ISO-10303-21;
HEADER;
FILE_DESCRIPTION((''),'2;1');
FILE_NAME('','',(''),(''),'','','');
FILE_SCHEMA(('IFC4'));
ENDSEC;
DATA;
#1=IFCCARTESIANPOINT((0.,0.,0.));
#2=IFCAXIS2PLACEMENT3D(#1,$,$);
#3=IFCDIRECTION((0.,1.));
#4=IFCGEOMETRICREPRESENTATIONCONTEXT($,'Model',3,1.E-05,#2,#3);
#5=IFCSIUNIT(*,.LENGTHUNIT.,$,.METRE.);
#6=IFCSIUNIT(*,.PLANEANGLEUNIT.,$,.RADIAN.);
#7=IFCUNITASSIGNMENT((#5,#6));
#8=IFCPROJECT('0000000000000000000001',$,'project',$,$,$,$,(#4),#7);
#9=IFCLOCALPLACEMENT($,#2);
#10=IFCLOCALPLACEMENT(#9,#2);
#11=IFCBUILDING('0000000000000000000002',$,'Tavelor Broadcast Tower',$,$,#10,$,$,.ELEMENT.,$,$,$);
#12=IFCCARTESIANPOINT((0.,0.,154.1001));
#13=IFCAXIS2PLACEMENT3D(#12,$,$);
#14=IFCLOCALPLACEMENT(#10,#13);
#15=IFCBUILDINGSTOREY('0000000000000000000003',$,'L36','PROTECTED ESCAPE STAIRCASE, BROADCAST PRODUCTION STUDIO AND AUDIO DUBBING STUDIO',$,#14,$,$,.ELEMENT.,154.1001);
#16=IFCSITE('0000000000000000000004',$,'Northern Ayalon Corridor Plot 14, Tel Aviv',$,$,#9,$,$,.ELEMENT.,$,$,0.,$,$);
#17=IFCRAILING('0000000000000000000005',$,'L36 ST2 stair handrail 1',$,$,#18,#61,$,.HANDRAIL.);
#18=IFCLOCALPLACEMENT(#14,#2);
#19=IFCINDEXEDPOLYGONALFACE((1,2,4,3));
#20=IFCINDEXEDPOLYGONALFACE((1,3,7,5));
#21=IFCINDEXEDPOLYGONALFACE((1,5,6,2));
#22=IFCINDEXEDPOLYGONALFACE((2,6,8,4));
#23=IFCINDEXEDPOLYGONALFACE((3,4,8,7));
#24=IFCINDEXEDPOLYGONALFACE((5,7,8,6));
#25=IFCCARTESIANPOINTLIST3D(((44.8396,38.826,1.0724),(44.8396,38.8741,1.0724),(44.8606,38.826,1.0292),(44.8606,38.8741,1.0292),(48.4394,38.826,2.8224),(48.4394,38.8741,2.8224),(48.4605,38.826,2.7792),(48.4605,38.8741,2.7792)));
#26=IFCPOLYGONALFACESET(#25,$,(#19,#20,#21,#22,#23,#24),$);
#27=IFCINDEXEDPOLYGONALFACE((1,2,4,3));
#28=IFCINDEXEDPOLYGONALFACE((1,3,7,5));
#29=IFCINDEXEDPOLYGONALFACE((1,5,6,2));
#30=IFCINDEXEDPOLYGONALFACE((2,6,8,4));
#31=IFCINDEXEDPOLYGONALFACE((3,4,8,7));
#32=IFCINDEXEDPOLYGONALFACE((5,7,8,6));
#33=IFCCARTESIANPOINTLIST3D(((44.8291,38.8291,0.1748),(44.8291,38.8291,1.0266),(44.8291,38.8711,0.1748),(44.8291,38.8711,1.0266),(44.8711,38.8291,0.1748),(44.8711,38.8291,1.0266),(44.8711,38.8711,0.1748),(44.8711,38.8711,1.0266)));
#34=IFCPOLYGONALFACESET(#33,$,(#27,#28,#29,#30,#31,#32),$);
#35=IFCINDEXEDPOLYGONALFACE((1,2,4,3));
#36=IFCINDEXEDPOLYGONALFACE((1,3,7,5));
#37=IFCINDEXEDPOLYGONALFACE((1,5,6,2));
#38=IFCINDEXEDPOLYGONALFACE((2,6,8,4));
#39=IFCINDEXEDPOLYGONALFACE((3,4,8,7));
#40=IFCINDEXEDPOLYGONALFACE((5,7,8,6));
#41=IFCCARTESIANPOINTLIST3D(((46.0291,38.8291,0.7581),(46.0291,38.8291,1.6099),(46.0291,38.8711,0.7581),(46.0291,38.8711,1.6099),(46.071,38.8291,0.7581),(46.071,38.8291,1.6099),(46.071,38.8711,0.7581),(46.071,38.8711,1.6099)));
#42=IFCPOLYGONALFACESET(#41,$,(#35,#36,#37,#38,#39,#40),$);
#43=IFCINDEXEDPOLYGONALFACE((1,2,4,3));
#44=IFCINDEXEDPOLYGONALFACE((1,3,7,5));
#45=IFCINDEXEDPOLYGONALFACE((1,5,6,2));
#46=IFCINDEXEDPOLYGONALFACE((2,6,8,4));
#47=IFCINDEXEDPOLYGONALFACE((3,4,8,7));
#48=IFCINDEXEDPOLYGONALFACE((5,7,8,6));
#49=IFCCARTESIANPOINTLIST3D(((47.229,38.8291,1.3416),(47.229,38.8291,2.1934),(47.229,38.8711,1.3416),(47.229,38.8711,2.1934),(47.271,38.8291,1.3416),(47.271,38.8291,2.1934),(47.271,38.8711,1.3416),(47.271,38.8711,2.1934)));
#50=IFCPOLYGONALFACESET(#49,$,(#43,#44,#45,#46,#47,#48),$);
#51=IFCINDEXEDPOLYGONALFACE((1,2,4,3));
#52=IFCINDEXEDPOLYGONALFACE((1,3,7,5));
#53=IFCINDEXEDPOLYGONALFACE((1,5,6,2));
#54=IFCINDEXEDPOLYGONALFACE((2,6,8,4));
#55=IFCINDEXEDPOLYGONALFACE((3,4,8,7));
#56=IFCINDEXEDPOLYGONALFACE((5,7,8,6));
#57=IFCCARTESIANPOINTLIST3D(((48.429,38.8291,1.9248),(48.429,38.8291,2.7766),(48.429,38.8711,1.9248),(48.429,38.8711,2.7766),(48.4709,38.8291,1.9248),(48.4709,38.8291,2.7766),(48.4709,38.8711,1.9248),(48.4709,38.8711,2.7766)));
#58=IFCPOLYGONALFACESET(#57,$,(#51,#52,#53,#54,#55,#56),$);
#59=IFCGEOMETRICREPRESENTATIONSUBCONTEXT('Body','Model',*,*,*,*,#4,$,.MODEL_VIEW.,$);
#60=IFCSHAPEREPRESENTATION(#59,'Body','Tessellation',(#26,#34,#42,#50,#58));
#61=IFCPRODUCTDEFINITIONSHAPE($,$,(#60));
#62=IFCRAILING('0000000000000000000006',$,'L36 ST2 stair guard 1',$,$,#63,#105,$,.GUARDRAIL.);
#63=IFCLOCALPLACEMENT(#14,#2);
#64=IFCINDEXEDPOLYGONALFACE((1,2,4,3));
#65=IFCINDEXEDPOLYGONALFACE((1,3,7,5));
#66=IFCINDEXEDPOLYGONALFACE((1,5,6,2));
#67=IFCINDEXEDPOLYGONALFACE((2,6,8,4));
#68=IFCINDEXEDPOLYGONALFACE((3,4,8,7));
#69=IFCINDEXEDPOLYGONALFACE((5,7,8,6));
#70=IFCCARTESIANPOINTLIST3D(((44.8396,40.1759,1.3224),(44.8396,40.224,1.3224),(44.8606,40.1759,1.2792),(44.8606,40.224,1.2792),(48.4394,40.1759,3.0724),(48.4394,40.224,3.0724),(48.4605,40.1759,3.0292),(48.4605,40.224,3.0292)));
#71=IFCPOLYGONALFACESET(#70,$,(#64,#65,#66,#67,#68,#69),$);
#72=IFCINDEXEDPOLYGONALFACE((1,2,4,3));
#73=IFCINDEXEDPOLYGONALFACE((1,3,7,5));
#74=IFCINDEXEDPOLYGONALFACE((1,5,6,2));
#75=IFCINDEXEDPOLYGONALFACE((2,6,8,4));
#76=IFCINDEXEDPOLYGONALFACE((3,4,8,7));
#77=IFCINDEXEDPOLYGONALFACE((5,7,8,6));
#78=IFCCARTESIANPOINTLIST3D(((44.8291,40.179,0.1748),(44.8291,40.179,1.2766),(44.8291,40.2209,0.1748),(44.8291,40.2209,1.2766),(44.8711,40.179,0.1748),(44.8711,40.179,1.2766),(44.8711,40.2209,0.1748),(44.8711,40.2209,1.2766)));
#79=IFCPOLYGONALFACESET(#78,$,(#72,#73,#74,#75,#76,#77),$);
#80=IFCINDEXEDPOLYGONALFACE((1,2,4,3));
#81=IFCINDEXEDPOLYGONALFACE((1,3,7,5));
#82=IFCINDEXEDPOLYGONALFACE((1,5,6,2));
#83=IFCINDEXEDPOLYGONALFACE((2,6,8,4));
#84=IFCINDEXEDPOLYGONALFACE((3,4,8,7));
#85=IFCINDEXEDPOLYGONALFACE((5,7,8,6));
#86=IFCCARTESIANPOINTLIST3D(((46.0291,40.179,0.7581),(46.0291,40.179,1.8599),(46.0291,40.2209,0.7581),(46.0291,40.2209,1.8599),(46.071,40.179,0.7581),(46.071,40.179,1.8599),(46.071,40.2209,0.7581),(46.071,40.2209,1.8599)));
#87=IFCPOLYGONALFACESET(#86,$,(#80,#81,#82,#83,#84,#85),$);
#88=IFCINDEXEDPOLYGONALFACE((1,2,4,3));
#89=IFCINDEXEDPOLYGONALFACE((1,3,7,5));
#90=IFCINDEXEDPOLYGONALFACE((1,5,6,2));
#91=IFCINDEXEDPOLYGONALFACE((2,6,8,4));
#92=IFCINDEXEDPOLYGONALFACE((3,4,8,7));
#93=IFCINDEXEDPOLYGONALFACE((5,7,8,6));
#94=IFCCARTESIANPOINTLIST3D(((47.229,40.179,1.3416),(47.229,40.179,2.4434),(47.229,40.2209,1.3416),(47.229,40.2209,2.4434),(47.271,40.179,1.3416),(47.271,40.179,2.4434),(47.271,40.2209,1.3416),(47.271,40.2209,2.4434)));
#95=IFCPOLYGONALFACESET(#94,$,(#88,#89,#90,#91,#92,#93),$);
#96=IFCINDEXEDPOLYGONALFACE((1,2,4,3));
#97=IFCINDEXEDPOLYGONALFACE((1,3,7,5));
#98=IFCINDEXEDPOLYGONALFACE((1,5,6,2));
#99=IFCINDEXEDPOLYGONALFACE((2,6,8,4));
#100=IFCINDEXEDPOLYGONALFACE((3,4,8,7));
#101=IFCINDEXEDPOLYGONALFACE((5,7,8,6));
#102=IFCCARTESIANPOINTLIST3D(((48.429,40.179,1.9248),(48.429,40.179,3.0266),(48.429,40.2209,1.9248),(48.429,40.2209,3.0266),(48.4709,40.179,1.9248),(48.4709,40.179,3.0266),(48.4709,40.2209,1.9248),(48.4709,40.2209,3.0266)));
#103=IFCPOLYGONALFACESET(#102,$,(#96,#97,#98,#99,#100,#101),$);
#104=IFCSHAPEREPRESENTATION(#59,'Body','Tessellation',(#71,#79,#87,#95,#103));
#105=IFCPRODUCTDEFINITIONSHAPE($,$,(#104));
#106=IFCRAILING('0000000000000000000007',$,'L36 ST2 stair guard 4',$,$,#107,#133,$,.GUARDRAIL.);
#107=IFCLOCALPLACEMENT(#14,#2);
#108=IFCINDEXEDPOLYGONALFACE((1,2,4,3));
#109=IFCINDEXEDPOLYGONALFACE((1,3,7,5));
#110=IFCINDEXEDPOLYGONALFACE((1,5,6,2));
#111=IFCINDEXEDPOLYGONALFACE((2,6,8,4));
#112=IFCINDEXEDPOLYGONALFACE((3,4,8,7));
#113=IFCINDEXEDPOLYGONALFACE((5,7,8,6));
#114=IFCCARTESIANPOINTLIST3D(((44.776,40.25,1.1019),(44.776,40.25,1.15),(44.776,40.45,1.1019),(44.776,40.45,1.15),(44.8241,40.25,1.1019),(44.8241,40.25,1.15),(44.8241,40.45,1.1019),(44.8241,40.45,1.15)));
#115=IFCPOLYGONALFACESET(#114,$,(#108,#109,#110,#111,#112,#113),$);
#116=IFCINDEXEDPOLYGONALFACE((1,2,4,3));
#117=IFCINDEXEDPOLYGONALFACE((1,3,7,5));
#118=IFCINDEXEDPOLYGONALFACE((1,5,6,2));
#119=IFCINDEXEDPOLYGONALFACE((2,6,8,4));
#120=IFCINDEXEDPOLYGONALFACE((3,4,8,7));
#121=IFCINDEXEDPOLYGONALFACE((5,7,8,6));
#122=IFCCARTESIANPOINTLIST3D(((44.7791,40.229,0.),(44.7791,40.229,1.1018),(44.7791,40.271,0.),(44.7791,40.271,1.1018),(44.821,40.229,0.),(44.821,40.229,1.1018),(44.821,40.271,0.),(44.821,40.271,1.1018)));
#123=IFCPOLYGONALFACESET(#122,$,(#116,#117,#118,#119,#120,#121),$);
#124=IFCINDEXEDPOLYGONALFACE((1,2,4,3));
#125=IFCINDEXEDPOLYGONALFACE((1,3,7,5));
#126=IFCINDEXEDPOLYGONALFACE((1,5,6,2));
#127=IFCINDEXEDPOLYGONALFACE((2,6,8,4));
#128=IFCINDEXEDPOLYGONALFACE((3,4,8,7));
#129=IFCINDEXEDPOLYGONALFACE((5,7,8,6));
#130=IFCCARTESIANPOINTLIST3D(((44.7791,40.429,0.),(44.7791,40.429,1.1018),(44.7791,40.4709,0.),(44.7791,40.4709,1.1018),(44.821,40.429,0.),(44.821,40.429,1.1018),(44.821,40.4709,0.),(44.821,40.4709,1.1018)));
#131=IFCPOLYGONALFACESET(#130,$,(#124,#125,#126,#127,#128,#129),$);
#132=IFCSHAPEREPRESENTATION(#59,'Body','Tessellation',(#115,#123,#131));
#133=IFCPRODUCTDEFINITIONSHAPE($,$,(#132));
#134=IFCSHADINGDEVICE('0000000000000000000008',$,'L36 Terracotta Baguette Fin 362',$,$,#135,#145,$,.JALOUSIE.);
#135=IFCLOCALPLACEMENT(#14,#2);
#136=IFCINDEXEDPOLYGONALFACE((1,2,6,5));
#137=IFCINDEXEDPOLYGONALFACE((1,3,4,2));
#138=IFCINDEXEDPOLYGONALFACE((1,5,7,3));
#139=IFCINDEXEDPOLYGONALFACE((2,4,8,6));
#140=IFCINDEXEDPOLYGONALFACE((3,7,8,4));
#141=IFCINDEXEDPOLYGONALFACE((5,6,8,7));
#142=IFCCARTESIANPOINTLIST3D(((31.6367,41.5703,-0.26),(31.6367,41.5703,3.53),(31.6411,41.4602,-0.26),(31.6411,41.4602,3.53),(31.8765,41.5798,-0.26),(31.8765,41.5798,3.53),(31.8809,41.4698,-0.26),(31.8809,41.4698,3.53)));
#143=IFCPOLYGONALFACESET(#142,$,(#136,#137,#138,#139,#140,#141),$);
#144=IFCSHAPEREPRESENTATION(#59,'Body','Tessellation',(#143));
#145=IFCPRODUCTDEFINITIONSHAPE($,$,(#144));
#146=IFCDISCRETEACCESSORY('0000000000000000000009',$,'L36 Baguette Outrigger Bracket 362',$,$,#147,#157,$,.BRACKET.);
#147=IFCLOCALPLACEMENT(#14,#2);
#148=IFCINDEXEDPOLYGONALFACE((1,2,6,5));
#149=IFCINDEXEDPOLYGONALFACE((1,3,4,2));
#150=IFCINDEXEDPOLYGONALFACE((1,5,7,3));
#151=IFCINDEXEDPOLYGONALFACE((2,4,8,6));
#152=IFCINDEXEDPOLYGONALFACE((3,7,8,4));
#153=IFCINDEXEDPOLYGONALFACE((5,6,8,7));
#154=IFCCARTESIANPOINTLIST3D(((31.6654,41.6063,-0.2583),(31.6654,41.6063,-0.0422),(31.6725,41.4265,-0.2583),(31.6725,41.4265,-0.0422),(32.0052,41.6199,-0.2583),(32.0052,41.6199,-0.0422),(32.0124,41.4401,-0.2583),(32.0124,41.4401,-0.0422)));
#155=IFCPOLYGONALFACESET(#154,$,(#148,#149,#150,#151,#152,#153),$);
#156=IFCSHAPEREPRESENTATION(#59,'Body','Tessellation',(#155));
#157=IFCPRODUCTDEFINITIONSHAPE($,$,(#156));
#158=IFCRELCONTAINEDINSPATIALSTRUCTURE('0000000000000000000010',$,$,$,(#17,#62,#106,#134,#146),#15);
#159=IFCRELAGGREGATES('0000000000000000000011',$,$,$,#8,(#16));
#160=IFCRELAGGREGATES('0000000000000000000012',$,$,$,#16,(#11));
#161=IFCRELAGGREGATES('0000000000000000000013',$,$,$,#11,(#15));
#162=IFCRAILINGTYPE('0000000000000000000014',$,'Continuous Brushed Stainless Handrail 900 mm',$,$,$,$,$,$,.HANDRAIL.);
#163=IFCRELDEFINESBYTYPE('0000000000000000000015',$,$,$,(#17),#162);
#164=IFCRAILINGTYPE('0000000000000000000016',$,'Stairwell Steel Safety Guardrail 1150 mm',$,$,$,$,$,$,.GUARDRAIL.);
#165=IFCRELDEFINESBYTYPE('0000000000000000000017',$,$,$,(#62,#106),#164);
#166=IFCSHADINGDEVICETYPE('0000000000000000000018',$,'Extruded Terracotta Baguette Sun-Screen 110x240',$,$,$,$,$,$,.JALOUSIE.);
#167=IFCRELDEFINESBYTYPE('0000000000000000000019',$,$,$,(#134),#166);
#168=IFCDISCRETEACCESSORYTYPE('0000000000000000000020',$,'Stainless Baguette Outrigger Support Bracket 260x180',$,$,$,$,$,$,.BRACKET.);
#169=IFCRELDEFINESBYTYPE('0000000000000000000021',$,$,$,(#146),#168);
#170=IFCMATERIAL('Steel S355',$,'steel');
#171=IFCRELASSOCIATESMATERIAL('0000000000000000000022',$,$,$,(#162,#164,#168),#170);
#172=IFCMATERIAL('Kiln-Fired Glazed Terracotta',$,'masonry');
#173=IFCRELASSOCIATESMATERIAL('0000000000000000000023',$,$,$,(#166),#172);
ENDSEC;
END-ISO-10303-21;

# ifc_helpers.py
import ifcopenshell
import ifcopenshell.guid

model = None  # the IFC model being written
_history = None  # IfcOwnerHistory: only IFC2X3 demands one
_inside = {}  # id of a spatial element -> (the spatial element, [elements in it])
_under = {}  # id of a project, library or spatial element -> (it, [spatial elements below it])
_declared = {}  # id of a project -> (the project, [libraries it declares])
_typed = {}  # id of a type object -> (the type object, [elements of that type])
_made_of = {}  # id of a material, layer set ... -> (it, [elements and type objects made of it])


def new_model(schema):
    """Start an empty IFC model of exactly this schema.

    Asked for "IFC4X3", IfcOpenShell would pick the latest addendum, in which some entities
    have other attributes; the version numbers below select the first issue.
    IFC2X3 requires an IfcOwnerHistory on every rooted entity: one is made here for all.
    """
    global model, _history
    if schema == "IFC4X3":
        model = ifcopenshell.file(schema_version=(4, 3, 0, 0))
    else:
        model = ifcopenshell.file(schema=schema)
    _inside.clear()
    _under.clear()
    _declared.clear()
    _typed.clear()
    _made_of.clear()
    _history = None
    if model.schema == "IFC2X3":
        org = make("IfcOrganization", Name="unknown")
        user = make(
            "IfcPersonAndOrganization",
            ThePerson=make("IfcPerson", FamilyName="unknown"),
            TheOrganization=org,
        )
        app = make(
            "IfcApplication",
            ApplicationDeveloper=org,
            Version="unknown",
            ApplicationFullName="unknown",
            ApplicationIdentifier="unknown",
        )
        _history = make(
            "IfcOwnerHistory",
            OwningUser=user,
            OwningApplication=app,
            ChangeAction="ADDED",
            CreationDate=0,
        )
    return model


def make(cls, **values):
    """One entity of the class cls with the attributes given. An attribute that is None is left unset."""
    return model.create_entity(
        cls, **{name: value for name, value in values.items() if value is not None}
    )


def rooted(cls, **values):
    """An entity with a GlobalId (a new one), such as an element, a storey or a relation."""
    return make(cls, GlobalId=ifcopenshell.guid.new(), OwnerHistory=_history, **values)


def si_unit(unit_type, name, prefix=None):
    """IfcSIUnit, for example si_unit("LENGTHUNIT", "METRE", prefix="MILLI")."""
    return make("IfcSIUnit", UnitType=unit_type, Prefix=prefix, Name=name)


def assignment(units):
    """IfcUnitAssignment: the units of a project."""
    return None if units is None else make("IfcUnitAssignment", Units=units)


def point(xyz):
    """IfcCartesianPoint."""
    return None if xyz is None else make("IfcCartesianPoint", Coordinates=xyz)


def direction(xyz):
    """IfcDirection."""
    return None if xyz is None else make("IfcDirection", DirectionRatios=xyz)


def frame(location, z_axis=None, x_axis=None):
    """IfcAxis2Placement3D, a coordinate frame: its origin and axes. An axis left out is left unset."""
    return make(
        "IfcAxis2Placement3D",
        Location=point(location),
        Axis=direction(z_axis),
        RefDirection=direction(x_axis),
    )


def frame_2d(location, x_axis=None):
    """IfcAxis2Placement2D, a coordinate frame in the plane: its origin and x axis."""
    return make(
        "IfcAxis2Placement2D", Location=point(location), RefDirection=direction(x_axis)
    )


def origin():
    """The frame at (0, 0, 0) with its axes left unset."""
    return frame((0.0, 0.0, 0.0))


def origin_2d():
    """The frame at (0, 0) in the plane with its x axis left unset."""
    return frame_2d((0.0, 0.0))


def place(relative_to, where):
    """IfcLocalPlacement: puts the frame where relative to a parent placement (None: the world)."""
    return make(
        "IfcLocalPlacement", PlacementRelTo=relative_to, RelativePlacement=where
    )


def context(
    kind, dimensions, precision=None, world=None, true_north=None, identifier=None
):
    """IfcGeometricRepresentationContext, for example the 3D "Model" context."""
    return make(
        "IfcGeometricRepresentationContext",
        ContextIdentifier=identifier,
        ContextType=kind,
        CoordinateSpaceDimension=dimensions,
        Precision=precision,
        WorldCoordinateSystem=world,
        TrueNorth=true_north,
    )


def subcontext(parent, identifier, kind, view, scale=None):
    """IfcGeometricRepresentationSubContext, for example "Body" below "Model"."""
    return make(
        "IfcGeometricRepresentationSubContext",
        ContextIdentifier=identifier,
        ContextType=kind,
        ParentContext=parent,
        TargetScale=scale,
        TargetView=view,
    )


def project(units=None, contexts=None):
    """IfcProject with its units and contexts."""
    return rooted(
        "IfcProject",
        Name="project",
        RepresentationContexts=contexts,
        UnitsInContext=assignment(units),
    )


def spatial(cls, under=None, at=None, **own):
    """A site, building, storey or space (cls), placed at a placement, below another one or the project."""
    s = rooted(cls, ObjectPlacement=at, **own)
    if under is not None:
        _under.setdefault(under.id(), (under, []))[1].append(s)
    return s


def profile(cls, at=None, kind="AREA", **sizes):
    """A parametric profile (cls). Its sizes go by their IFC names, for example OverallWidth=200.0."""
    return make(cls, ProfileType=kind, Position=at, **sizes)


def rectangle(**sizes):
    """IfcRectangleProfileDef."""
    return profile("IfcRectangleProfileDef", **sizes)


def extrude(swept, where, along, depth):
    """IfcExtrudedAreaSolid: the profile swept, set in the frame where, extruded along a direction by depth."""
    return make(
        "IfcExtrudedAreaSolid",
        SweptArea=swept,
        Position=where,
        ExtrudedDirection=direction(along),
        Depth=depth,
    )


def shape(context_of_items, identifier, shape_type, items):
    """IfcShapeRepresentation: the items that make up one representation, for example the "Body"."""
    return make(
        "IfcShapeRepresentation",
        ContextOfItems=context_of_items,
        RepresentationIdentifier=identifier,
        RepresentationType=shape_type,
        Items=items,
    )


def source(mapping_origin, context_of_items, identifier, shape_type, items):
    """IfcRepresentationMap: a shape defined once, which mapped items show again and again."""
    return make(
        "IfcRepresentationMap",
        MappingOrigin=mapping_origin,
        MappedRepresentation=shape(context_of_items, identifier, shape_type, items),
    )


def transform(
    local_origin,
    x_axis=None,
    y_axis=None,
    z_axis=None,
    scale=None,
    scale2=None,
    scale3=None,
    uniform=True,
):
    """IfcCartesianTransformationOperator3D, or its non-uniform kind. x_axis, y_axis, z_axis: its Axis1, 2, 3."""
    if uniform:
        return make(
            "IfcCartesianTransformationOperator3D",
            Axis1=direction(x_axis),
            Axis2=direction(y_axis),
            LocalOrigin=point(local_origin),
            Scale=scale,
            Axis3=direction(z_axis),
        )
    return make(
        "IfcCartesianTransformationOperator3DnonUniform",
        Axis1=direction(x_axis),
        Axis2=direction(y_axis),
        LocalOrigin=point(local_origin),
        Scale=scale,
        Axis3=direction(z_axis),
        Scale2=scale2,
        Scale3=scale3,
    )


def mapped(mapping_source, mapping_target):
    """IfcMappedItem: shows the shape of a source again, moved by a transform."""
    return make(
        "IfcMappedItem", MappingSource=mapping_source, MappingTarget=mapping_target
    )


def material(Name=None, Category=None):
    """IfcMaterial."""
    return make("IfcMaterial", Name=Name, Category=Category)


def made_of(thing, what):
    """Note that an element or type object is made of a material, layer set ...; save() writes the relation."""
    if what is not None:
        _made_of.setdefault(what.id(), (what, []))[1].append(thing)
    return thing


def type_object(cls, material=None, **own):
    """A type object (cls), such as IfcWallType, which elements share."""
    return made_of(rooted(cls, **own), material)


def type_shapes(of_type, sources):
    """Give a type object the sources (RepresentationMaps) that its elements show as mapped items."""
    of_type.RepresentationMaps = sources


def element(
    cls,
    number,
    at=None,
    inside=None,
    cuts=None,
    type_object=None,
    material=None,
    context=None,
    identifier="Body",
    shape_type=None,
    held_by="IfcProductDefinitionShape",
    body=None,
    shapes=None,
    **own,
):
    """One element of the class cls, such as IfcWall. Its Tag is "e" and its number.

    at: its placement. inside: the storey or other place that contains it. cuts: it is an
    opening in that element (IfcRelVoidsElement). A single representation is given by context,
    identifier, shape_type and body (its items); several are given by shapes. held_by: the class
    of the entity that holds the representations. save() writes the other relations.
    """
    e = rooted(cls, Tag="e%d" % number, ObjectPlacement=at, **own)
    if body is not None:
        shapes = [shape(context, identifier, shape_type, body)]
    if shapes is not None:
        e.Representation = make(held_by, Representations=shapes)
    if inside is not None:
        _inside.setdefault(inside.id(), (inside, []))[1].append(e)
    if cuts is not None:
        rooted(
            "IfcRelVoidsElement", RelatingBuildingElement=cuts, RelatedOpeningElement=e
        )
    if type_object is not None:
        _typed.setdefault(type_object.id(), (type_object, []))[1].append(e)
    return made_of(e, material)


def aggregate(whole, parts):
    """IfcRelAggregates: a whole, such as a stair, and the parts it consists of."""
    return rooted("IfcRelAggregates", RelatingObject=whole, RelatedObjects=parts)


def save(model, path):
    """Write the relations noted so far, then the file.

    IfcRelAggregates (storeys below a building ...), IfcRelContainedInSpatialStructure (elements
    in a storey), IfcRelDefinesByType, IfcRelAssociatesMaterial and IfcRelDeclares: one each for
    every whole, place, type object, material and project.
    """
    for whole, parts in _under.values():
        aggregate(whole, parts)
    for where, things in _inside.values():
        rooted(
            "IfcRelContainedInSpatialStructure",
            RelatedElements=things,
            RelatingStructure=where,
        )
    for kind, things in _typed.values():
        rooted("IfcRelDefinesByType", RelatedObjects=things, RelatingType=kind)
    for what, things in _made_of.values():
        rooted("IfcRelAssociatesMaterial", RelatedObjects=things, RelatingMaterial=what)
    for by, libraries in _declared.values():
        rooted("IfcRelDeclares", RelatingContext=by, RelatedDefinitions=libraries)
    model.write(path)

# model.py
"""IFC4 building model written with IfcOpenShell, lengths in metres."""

from ifc_helpers import new_model, si_unit, direction, frame, origin, origin_2d, place, context, subcontext, project, spatial, rectangle, extrude, source, transform, mapped, material, type_object, type_shapes, element, save


model = new_model("IFC4")

# Units and contexts
model_context = context("Model", 3, precision=1e-05, world=origin(), true_north=direction((0.0, 1.0)))
body_context = subcontext(model_context, "Body", "Model", "MODEL_VIEW")
ifc_project = project(units=[si_unit("LENGTHUNIT", "METRE"), si_unit("PLANEANGLEUNIT", "RADIAN")], contexts=[model_context])

# Site, building, storey
site_placement = place(None, origin())
site = spatial("IfcSite", under=ifc_project, at=site_placement, Name="Northern Ayalon Corridor Plot 14, Tel Aviv", CompositionType="ELEMENT", RefElevation=0.0)
building_placement = place(site_placement, origin())
building = spatial("IfcBuilding", under=site, at=building_placement, Name="Tavelor Broadcast Tower", CompositionType="ELEMENT")
storey_placement = place(building_placement, frame((0.0, 0.0, 154.1001)))
storey = spatial("IfcBuildingStorey", under=building, at=storey_placement, Name="L36", Description="PROTECTED ESCAPE STAIRCASE, BROADCAST PRODUCTION STUDIO AND AUDIO DUBBING STUDIO", CompositionType="ELEMENT", Elevation=154.1001)

# Shared definitions
ifc_material_1 = material(Name="Steel S355", Category="steel")

# Railings
railing_type_1 = type_object("IfcRailingType", Name="Continuous Brushed Stainless Handrail 900 mm", PredefinedType="HANDRAIL", material=ifc_material_1)
railing_1_placement = place(storey_placement, frame((44.8501, 38.8501, 0.1748)))
element("IfcRailing", 1, at=railing_1_placement, inside=storey, type_object=railing_type_1, Name="L36 ST2 stair handrail 1", PredefinedType="HANDRAIL", context=body_context, shape_type="SweptSolid", body=[
    extrude(rectangle(XDim=0.0481, YDim=0.0481, at=origin_2d()), frame((0.0, 0.0, 0.876), z_axis=(0.899361, 0.0, 0.437207), x_axis=(0.0, 1.0, 0.0)), (0.0, 0.0, 1.0), 4.0027),
    extrude(rectangle(XDim=0.042, YDim=0.042, at=origin_2d()), origin(), (0.0, 0.0, 1.0), 0.8518),
    extrude(rectangle(XDim=0.042, YDim=0.042, at=origin_2d()), frame((1.2, 0.0, 0.5833)), (0.0, 0.0, 1.0), 0.8518),
    extrude(rectangle(XDim=0.042, YDim=0.042, at=origin_2d()), frame((2.3999, 0.0, 1.1667)), (0.0, 0.0, 1.0), 0.8518),
    extrude(rectangle(XDim=0.042, YDim=0.042, at=origin_2d()), frame((3.5999, 0.0, 1.75)), (0.0, 0.0, 1.0), 0.8518),
])
railing_type_2 = type_object("IfcRailingType", Name="Stairwell Steel Safety Guardrail 1150 mm", PredefinedType="GUARDRAIL", material=ifc_material_1)
railing_2_placement = place(storey_placement, frame((44.8501, 40.2, 0.1748)))
element("IfcRailing", 2, at=railing_2_placement, inside=storey, type_object=railing_type_2, Name="L36 ST2 stair guard 1", PredefinedType="GUARDRAIL", context=body_context, shape_type="SweptSolid", body=[
    extrude(rectangle(XDim=0.0481, YDim=0.0481, at=origin_2d()), frame((0.0, 0.0, 1.126), z_axis=(0.899361, 0.0, 0.437207), x_axis=(0.0, 1.0, 0.0)), (0.0, 0.0, 1.0), 4.0027),
    extrude(rectangle(XDim=0.042, YDim=0.042, at=origin_2d()), origin(), (0.0, 0.0, 1.0), 1.1018),
    extrude(rectangle(XDim=0.042, YDim=0.042, at=origin_2d()), frame((1.2, 0.0, 0.5833)), (0.0, 0.0, 1.0), 1.1018),
    extrude(rectangle(XDim=0.042, YDim=0.042, at=origin_2d()), frame((2.3999, 0.0, 1.1667)), (0.0, 0.0, 1.0), 1.1018),
    extrude(rectangle(XDim=0.042, YDim=0.042, at=origin_2d()), frame((3.5999, 0.0, 1.75)), (0.0, 0.0, 1.0), 1.1018),
])
railing_3_placement = place(storey_placement, frame((44.8, 40.25, 0.0)))
element("IfcRailing", 3, at=railing_3_placement, inside=storey, type_object=railing_type_2, Name="L36 ST2 stair guard 4", PredefinedType="GUARDRAIL", context=body_context, shape_type="SweptSolid", body=[
    extrude(rectangle(XDim=0.0481, YDim=0.0481, at=origin_2d()), frame((0.0, 0.0, 1.126), z_axis=(0.0, 1.0, 0.0), x_axis=(-1.0, 0.0, 0.0)), (0.0, 0.0, 1.0), 0.2),
    extrude(rectangle(XDim=0.042, YDim=0.042, at=origin_2d()), origin(), (0.0, 0.0, 1.0), 1.1018),
    extrude(rectangle(XDim=0.042, YDim=0.042, at=origin_2d()), frame((0.0, 0.2, 0.0)), (0.0, 0.0, 1.0), 1.1018),
])

# Shading device
ifc_material_2 = material(Name="Kiln-Fired Glazed Terracotta", Category="masonry")
shading_device_type = type_object("IfcShadingDeviceType", Name="Extruded Terracotta Baguette Sun-Screen 110x240", PredefinedType="JALOUSIE", material=ifc_material_2)
shared_shape_1 = source(origin(), body_context, "Body", "SweptSolid", [
    extrude(rectangle(XDim=0.1101, YDim=0.24, at=origin_2d()), origin(), (0.0, 0.0, 1.0), 3.79),
])
type_shapes(shading_device_type, [shared_shape_1])
shading_device_placement = place(storey_placement, frame((31.7588, 41.52, -0.26), z_axis=(0.0, 0.0, 1.0), x_axis=(0.039783, -0.999208, 0.0)))
element("IfcShadingDevice", 4, at=shading_device_placement, inside=storey, type_object=shading_device_type, Name="L36 Terracotta Baguette Fin 362", PredefinedType="JALOUSIE", context=body_context, shape_type="MappedRepresentation", body=[
    mapped(shared_shape_1, transform((0.0, 0.0, 0.0), scale=1.0)),
])

# Discrete accessory
discrete_accessory_type = type_object("IfcDiscreteAccessoryType", Name="Stainless Baguette Outrigger Support Bracket 260x180", PredefinedType="BRACKET", material=ifc_material_1)
shared_shape_2 = source(origin(), body_context, "Body", "SweptSolid", [
    extrude(rectangle(XDim=0.1799, YDim=0.3401, at=origin_2d()), origin(), (0.0, 0.0, 1.0), 0.2161),
])
type_shapes(discrete_accessory_type, [shared_shape_2])
discrete_accessory_placement = place(storey_placement, frame((31.8389, 41.5232, -0.2583), z_axis=(0.0, 0.0, 1.0), x_axis=(0.039783, -0.999208, 0.0)))
element("IfcDiscreteAccessory", 5, at=discrete_accessory_placement, inside=storey, type_object=discrete_accessory_type, Name="L36 Baguette Outrigger Bracket 362", PredefinedType="BRACKET", context=body_context, shape_type="MappedRepresentation", body=[
    mapped(shared_shape_2, transform((0.0, 0.0, 0.0), scale=1.0)),
])

save(model, "model.ifc")
